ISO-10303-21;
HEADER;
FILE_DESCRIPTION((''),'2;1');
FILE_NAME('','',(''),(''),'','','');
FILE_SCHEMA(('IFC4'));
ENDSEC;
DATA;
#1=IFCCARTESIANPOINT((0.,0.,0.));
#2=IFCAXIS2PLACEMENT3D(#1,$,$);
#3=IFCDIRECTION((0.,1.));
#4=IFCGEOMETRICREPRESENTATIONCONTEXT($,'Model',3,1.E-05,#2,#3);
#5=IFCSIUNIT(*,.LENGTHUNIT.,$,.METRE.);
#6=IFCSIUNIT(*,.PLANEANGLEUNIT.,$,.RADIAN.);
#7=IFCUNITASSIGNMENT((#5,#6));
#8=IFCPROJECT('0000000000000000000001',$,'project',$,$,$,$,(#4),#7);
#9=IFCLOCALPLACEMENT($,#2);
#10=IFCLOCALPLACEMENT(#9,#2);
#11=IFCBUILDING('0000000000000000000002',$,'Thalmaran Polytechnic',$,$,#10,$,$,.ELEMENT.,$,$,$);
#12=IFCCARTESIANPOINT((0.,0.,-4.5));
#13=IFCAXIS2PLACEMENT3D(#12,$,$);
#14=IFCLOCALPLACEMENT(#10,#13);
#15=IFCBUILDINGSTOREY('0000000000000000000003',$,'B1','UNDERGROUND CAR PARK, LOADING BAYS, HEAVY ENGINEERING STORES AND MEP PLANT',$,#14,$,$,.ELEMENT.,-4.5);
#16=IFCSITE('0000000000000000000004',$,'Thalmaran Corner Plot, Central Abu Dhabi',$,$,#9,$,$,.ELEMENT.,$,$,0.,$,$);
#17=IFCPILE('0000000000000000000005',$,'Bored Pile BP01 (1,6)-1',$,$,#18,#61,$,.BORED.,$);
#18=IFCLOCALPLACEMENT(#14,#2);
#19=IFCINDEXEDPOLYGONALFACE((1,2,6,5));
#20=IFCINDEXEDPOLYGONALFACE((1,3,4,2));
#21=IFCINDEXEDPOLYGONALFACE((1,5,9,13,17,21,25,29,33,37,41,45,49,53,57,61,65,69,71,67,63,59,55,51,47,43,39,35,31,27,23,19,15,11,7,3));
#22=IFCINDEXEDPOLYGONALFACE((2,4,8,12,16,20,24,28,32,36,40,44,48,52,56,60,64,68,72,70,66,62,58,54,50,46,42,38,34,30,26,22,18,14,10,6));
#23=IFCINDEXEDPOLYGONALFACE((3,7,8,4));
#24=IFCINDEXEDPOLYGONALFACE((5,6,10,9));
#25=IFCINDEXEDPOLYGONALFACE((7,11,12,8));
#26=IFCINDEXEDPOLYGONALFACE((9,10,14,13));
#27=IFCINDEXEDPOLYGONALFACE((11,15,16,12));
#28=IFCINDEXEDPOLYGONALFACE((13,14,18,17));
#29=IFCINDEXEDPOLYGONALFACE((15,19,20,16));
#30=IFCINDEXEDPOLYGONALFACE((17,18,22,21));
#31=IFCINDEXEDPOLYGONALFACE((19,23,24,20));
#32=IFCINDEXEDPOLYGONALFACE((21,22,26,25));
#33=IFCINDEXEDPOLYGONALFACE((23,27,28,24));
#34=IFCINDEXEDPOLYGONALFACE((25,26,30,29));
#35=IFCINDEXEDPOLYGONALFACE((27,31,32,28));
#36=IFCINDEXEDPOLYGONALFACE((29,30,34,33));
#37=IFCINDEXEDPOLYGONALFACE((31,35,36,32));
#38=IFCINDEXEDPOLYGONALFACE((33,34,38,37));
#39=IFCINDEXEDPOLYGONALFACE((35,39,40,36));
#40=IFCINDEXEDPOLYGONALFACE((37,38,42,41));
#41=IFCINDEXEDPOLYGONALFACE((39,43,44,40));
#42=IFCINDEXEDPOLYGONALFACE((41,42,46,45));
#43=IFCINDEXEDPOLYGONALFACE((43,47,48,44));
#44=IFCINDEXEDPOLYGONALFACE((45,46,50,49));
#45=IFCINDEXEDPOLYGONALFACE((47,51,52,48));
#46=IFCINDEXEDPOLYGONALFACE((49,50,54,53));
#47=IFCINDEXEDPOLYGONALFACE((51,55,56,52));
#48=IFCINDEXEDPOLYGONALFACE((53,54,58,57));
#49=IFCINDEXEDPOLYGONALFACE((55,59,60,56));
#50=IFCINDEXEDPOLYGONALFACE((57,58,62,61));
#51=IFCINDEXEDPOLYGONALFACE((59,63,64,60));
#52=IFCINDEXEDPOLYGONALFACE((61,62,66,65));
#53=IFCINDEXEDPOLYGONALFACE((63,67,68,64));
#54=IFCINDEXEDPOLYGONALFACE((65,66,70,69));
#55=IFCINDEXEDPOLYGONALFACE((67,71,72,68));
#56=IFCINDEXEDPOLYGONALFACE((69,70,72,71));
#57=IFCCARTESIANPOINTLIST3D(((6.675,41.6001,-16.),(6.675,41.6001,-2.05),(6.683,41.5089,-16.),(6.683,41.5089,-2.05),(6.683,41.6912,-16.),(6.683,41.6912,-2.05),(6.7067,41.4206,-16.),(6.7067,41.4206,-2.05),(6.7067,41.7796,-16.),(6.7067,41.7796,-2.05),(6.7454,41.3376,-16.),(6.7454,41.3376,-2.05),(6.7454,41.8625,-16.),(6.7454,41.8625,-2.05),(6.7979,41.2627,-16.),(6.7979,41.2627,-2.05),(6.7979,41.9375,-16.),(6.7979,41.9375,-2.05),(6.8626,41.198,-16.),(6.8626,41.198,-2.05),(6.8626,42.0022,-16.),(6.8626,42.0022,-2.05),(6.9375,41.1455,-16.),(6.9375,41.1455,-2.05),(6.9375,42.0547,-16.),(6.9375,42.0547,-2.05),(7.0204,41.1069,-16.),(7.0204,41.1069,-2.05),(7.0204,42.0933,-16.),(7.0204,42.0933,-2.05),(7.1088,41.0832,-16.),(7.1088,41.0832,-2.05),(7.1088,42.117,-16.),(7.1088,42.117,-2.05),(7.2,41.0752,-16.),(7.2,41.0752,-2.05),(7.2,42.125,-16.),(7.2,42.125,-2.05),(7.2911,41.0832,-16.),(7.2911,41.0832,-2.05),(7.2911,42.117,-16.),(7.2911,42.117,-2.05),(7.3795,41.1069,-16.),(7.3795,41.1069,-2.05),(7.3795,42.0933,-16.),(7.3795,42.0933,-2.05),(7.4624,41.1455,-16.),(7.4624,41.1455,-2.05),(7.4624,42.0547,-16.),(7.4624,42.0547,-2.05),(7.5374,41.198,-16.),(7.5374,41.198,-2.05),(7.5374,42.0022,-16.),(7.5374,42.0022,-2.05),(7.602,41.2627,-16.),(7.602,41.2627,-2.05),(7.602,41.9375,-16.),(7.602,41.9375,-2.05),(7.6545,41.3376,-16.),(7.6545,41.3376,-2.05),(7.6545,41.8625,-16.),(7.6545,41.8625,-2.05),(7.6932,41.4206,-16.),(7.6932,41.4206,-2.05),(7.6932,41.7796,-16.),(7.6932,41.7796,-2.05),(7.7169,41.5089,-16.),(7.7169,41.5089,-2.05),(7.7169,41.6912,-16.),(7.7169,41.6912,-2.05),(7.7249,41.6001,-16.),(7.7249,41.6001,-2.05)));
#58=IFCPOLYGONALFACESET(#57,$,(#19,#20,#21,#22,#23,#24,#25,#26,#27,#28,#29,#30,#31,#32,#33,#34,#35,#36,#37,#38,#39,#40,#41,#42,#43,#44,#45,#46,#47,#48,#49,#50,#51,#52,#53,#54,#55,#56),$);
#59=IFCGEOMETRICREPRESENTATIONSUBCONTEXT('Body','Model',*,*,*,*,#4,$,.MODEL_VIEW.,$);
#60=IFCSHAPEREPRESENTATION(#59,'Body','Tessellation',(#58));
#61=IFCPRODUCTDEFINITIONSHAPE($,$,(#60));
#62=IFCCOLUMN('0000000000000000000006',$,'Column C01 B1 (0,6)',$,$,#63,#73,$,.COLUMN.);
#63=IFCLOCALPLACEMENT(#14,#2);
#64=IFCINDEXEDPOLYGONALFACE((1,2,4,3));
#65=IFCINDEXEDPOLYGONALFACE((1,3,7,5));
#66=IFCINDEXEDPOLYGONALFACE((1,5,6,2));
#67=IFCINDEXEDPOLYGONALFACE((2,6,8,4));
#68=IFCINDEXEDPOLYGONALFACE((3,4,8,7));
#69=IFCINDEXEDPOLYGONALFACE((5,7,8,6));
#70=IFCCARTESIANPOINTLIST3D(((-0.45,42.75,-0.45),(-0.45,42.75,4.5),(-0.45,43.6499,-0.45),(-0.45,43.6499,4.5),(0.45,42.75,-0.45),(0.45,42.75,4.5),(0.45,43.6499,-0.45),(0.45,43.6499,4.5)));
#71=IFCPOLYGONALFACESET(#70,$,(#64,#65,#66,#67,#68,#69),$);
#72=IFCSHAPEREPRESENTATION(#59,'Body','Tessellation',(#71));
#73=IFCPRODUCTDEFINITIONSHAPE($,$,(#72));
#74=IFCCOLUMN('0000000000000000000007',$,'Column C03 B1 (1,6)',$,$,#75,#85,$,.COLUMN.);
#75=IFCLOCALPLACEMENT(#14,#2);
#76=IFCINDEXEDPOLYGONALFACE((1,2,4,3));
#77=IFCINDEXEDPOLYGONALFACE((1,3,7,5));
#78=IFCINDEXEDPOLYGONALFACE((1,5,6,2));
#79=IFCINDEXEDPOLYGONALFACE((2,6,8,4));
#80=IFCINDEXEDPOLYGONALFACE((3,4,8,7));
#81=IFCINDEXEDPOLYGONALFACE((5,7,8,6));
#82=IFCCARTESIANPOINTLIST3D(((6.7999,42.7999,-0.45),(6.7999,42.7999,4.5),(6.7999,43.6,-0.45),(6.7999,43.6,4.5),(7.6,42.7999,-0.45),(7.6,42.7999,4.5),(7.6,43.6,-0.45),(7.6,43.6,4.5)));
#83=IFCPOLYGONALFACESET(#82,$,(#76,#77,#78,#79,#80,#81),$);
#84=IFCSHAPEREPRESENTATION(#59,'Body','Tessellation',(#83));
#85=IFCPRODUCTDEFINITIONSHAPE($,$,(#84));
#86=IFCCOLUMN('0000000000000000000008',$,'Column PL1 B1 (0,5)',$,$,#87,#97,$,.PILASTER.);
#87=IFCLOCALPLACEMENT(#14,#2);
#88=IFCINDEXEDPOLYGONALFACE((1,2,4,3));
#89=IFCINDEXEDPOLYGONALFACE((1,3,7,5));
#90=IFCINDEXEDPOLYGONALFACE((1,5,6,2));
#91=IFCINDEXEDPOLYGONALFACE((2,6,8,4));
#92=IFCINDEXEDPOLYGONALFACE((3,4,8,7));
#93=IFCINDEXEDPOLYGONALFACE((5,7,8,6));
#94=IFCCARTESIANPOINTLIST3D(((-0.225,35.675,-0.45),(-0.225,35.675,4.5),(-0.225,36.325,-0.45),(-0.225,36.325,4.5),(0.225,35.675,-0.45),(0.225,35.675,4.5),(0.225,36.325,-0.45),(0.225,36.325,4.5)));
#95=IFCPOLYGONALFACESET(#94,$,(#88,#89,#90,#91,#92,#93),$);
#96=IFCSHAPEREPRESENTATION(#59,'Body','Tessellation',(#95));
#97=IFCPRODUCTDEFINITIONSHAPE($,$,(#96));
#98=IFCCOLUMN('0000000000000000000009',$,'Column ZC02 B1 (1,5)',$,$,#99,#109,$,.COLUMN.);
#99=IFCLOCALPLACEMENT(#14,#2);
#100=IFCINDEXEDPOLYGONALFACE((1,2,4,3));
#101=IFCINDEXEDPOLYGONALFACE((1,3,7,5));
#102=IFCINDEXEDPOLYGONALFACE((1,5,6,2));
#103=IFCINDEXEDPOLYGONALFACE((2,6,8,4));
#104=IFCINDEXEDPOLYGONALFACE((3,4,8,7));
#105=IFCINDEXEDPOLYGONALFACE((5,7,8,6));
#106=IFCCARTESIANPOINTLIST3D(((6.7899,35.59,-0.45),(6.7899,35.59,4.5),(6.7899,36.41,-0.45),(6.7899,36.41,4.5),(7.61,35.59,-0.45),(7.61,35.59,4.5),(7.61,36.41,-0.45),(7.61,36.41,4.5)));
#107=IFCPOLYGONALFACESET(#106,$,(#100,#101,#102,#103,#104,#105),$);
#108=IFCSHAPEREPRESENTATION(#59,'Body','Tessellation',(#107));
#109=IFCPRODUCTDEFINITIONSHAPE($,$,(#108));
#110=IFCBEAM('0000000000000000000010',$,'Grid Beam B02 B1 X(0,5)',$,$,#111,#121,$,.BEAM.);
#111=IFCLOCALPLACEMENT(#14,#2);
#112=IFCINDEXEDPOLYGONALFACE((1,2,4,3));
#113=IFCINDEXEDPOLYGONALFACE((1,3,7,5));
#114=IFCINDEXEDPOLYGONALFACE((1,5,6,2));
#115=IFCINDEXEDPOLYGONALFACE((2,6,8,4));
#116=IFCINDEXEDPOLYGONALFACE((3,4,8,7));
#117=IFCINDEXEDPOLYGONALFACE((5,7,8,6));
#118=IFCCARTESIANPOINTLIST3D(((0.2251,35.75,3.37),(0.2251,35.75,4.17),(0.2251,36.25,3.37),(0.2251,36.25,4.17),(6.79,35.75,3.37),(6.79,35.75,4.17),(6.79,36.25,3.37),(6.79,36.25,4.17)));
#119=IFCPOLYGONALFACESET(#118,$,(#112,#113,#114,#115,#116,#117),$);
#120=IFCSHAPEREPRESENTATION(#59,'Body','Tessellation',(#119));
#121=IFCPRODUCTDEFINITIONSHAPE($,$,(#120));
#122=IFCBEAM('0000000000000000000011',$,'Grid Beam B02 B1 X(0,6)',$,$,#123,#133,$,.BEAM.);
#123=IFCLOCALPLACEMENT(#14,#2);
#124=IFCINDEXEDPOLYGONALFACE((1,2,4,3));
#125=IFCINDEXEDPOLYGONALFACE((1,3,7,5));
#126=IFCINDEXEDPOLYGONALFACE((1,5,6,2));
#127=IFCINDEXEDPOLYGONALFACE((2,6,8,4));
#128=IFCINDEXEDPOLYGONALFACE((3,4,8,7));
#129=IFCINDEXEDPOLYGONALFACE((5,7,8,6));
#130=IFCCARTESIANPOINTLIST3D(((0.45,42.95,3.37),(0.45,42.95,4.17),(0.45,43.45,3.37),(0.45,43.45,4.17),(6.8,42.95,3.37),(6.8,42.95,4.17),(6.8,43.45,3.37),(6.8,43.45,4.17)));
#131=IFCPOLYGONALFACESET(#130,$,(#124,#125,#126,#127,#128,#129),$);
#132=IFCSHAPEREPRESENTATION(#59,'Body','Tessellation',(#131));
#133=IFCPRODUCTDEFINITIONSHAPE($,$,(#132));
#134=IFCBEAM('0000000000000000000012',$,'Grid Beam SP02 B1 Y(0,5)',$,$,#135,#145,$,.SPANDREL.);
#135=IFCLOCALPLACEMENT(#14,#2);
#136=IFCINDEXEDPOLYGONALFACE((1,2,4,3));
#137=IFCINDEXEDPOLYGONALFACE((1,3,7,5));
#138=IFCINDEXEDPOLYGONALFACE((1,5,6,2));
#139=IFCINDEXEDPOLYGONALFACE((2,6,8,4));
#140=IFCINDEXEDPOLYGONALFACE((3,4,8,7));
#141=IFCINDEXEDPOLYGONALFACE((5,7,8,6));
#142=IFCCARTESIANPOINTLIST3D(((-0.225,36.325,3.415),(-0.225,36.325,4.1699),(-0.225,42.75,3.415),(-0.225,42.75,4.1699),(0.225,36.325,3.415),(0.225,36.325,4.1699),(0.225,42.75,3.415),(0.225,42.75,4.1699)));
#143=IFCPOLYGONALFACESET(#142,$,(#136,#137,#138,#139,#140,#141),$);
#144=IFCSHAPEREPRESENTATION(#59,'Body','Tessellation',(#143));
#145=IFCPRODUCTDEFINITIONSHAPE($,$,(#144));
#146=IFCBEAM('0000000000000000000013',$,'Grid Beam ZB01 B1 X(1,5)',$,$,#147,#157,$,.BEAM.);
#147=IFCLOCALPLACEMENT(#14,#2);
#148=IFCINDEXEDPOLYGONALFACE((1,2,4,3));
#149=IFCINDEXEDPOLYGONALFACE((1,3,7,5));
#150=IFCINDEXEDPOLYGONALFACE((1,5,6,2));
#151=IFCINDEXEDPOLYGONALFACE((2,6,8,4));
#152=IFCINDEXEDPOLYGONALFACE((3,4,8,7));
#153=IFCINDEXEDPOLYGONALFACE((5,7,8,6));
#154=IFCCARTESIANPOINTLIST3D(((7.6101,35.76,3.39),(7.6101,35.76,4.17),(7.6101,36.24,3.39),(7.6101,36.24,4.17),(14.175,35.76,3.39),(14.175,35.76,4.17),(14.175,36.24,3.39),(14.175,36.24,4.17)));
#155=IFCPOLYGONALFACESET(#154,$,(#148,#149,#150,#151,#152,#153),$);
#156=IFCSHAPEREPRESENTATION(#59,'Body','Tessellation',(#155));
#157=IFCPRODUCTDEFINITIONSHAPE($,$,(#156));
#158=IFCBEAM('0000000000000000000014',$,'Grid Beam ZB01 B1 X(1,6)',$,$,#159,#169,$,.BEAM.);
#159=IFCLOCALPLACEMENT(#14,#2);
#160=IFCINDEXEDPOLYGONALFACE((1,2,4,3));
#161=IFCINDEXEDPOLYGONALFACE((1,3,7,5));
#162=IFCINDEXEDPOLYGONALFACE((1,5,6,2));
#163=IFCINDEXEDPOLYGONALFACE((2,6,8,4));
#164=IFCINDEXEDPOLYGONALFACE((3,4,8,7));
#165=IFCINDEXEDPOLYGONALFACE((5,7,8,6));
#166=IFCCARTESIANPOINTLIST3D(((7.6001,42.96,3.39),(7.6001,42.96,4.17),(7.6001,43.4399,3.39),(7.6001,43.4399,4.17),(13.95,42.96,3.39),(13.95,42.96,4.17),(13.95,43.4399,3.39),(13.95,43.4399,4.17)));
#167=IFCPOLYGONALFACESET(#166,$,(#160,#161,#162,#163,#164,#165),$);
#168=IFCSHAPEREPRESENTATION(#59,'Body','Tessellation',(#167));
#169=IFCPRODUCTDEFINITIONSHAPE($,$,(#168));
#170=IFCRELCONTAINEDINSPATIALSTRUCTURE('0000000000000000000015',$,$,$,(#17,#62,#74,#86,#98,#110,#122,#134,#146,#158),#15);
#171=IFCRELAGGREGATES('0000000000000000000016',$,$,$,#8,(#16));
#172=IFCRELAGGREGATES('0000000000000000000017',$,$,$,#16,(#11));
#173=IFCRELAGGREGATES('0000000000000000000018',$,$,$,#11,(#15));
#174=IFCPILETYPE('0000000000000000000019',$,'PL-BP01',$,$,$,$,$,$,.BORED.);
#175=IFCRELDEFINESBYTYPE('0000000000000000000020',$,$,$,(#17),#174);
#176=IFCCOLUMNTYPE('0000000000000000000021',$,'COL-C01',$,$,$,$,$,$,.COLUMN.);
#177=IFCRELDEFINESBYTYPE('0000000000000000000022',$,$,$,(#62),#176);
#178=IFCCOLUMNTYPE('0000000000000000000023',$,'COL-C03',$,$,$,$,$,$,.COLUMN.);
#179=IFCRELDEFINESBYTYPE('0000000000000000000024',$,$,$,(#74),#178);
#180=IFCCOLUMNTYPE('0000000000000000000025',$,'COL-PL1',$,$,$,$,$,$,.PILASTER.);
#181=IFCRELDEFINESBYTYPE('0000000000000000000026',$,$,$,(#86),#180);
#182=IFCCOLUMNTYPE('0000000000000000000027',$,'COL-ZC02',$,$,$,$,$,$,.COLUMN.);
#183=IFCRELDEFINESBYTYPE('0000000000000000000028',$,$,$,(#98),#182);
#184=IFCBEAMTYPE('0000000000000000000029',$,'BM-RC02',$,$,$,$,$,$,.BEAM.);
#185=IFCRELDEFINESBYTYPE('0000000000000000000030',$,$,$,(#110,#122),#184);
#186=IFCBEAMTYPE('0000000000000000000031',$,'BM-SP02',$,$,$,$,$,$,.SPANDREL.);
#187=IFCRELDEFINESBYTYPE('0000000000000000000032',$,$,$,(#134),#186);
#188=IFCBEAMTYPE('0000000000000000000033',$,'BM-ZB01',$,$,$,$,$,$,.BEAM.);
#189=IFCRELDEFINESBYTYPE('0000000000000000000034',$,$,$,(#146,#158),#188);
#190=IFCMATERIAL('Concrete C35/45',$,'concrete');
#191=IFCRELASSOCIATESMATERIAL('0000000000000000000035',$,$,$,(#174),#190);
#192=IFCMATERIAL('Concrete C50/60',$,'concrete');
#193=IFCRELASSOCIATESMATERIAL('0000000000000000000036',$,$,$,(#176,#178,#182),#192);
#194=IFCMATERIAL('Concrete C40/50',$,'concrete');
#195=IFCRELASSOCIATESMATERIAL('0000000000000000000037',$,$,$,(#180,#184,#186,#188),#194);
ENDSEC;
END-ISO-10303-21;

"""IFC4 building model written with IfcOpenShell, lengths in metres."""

from ifc_helpers import new_model, si_unit, direction, frame, origin, origin_2d, place, context, subcontext, project, spatial, rectangle, circle, extrude, material, material_profile, profile_set, type_object, element, save


model = new_model("IFC4")

# Units and contexts
model_context = context("Model", 3, precision=1e-05, world=origin(), true_north=direction((0.0, 1.0)))
body_context = subcontext(model_context, "Body", "Model", "MODEL_VIEW")
ifc_project = project(units=[si_unit("LENGTHUNIT", "METRE"), si_unit("PLANEANGLEUNIT", "RADIAN")], contexts=[model_context])

# Site, building, storey
site_placement = place(None, origin())
site = spatial("IfcSite", under=ifc_project, at=site_placement, Name="Thalmaran Corner Plot, Central Abu Dhabi", CompositionType="ELEMENT", RefElevation=0.0)
building_placement = place(site_placement, origin())
building = spatial("IfcBuilding", under=site, at=building_placement, Name="Thalmaran Polytechnic", CompositionType="ELEMENT")
storey_placement = place(building_placement, frame((0.0, 0.0, -4.5)))
storey = spatial("IfcBuildingStorey", under=building, at=storey_placement, Name="B1", Description="UNDERGROUND CAR PARK, LOADING BAYS, HEAVY ENGINEERING STORES AND MEP PLANT", CompositionType="ELEMENT", Elevation=-4.5)

# Shared definitions
ifc_material_1 = material(Name="Concrete C40/50", Category="concrete")

# Pile
ifc_material_2 = material(Name="Concrete C35/45", Category="concrete")
ifc_material_profile_1 = material_profile(ifc_material_2, circle(Radius=0.5249, at=origin_2d()), Name="RC 1050 DIA")
ifc_profile_set_1 = profile_set([ifc_material_profile_1], Name="Concrete C35/45")
pile_type = type_object("IfcPileType", Name="PL-BP01", PredefinedType="BORED", material=ifc_profile_set_1)
for number, where, z_axis, x_axis, name in (
    (1, (7.2, 41.6001, -2.05), (0.0, 0.0, -1.0), (1.0, 0.0, 0.0), "Bored Pile BP01 (1,6)-1"),
):
    element("IfcPile", number, at=place(storey_placement, frame(where, z_axis=z_axis, x_axis=x_axis)), inside=storey, type_object=pile_type, Name=name, PredefinedType="BORED", context=body_context, shape_type="SweptSolid", body=[
        extrude(circle(Radius=0.5249, at=origin_2d()), origin(), (0.0, 0.0, 1.0), 13.95),
    ])

# Columns
ifc_material_3 = material(Name="Concrete C50/60", Category="concrete")
ifc_material_profile_2 = material_profile(ifc_material_3, rectangle(XDim=0.8999, YDim=0.8999, at=origin_2d()), Name="RC 900x900")
ifc_profile_set_2 = profile_set([ifc_material_profile_2], Name="Concrete C50/60")
column_type_1 = type_object("IfcColumnType", Name="COL-C01", PredefinedType="COLUMN", material=ifc_profile_set_2)
column_1_placement = place(storey_placement, frame((0.0, 43.2, -0.45), z_axis=(0.0, 0.0, 1.0), x_axis=(1.0, 0.0, 0.0)))
element("IfcColumn", 2, at=column_1_placement, inside=storey, type_object=column_type_1, Name="Column C01 B1 (0,6)", PredefinedType="COLUMN", context=body_context, shape_type="SweptSolid", body=[
    extrude(rectangle(XDim=0.8999, YDim=0.8999, at=origin_2d()), origin(), (0.0, 0.0, 1.0), 4.95),
])
ifc_material_profile_3 = material_profile(ifc_material_3, rectangle(XDim=0.8, YDim=0.8, at=origin_2d()), Name="RC 800x800")
ifc_profile_set_3 = profile_set([ifc_material_profile_3], Name="Concrete C50/60")
column_type_2 = type_object("IfcColumnType", Name="COL-C03", PredefinedType="COLUMN", material=ifc_profile_set_3)
column_2_placement = place(storey_placement, frame((7.2, 43.2, -0.45), z_axis=(0.0, 0.0, 1.0), x_axis=(1.0, 0.0, 0.0)))
element("IfcColumn", 3, at=column_2_placement, inside=storey, type_object=column_type_2, Name="Column C03 B1 (1,6)", PredefinedType="COLUMN", context=body_context, shape_type="SweptSolid", body=[
    extrude(rectangle(XDim=0.8, YDim=0.8, at=origin_2d()), origin(), (0.0, 0.0, 1.0), 4.95),
])
ifc_material_profile_4 = material_profile(ifc_material_1, rectangle(XDim=0.45, YDim=0.6499, at=origin_2d()), Name="RC 450x650")
ifc_profile_set_4 = profile_set([ifc_material_profile_4], Name="Concrete C40/50")
column_type_3 = type_object("IfcColumnType", Name="COL-PL1", PredefinedType="PILASTER", material=ifc_profile_set_4)
column_3_placement = place(storey_placement, frame((0.0, 36.0, -0.45), z_axis=(0.0, 0.0, 1.0), x_axis=(1.0, 0.0, 0.0)))
element("IfcColumn", 4, at=column_3_placement, inside=storey, type_object=column_type_3, Name="Column PL1 B1 (0,5)", PredefinedType="PILASTER", context=body_context, shape_type="SweptSolid", body=[
    extrude(rectangle(XDim=0.45, YDim=0.6499, at=origin_2d()), origin(), (0.0, 0.0, 1.0), 4.95),
])
ifc_material_profile_5 = material_profile(ifc_material_3, rectangle(XDim=0.8201, YDim=0.8201, at=origin_2d()), Name="RC 820x820")
ifc_profile_set_5 = profile_set([ifc_material_profile_5], Name="Concrete C50/60")
column_type_4 = type_object("IfcColumnType", Name="COL-ZC02", PredefinedType="COLUMN", material=ifc_profile_set_5)
column_4_placement = place(storey_placement, frame((7.2, 36.0, -0.45), z_axis=(0.0, 0.0, 1.0), x_axis=(1.0, 0.0, 0.0)))
element("IfcColumn", 5, at=column_4_placement, inside=storey, type_object=column_type_4, Name="Column ZC02 B1 (1,5)", PredefinedType="COLUMN", context=body_context, shape_type="SweptSolid", body=[
    extrude(rectangle(XDim=0.8201, YDim=0.8201, at=origin_2d()), origin(), (0.0, 0.0, 1.0), 4.95),
])

# Beams
ifc_material_profile_6 = material_profile(ifc_material_1, rectangle(XDim=0.5, YDim=0.8, at=origin_2d()), Name="RC 500x800")
ifc_profile_set_6 = profile_set([ifc_material_profile_6], Name="Concrete C40/50")
beam_type_1 = type_object("IfcBeamType", Name="BM-RC02", PredefinedType="BEAM", material=ifc_profile_set_6)
beam_1_placement = place(storey_placement, frame((0.2251, 36.0, 3.77), z_axis=(1.0, 0.0, 0.0), x_axis=(0.0, 1.0, 0.0)))
element("IfcBeam", 6, at=beam_1_placement, inside=storey, type_object=beam_type_1, Name="Grid Beam B02 B1 X(0,5)", PredefinedType="BEAM", context=body_context, shape_type="SweptSolid", body=[
    extrude(rectangle(XDim=0.5, YDim=0.8, at=origin_2d()), origin(), (0.0, 0.0, 1.0), 6.5649),
])
beam_2_placement = place(storey_placement, frame((0.45, 43.2, 3.77), z_axis=(1.0, 0.0, 0.0), x_axis=(0.0, 1.0, 0.0)))
element("IfcBeam", 7, at=beam_2_placement, inside=storey, type_object=beam_type_1, Name="Grid Beam B02 B1 X(0,6)", PredefinedType="BEAM", context=body_context, shape_type="SweptSolid", body=[
    extrude(rectangle(XDim=0.5, YDim=0.8, at=origin_2d()), origin(), (0.0, 0.0, 1.0), 6.3501),
])
ifc_material_profile_7 = material_profile(ifc_material_1, rectangle(XDim=0.45, YDim=0.7549, at=origin_2d()), Name="RC 450x755")
ifc_profile_set_7 = profile_set([ifc_material_profile_7], Name="Concrete C40/50")
beam_type_2 = type_object("IfcBeamType", Name="BM-SP02", PredefinedType="SPANDREL", material=ifc_profile_set_7)
beam_3_placement = place(storey_placement, frame((0.0, 36.325, 3.7925), z_axis=(0.0, 1.0, 0.0), x_axis=(-1.0, 0.0, 0.0)))
element("IfcBeam", 8, at=beam_3_placement, inside=storey, type_object=beam_type_2, Name="Grid Beam SP02 B1 Y(0,5)", PredefinedType="SPANDREL", context=body_context, shape_type="SweptSolid", body=[
    extrude(rectangle(XDim=0.45, YDim=0.7549, at=origin_2d()), origin(), (0.0, 0.0, 1.0), 6.425),
])
ifc_material_profile_8 = material_profile(ifc_material_1, rectangle(XDim=0.48, YDim=0.78, at=origin_2d()), Name="RC 480x780")
ifc_profile_set_8 = profile_set([ifc_material_profile_8], Name="Concrete C40/50")
beam_type_3 = type_object("IfcBeamType", Name="BM-ZB01", PredefinedType="BEAM", material=ifc_profile_set_8)
beam_4_placement = place(storey_placement, frame((7.6101, 36.0, 3.78), z_axis=(1.0, 0.0, 0.0), x_axis=(0.0, 1.0, 0.0)))
element("IfcBeam", 9, at=beam_4_placement, inside=storey, type_object=beam_type_3, Name="Grid Beam ZB01 B1 X(1,5)", PredefinedType="BEAM", context=body_context, shape_type="SweptSolid", body=[
    extrude(rectangle(XDim=0.48, YDim=0.78, at=origin_2d()), origin(), (0.0, 0.0, 1.0), 6.5649),
])
beam_5_placement = place(storey_placement, frame((7.6001, 43.2, 3.78), z_axis=(1.0, 0.0, 0.0), x_axis=(0.0, 1.0, 0.0)))
element("IfcBeam", 10, at=beam_5_placement, inside=storey, type_object=beam_type_3, Name="Grid Beam ZB01 B1 X(1,6)", PredefinedType="BEAM", context=body_context, shape_type="SweptSolid", body=[
    extrude(rectangle(XDim=0.48, YDim=0.78, at=origin_2d()), origin(), (0.0, 0.0, 1.0), 6.3499),
])

save(model, "model.ifc")
